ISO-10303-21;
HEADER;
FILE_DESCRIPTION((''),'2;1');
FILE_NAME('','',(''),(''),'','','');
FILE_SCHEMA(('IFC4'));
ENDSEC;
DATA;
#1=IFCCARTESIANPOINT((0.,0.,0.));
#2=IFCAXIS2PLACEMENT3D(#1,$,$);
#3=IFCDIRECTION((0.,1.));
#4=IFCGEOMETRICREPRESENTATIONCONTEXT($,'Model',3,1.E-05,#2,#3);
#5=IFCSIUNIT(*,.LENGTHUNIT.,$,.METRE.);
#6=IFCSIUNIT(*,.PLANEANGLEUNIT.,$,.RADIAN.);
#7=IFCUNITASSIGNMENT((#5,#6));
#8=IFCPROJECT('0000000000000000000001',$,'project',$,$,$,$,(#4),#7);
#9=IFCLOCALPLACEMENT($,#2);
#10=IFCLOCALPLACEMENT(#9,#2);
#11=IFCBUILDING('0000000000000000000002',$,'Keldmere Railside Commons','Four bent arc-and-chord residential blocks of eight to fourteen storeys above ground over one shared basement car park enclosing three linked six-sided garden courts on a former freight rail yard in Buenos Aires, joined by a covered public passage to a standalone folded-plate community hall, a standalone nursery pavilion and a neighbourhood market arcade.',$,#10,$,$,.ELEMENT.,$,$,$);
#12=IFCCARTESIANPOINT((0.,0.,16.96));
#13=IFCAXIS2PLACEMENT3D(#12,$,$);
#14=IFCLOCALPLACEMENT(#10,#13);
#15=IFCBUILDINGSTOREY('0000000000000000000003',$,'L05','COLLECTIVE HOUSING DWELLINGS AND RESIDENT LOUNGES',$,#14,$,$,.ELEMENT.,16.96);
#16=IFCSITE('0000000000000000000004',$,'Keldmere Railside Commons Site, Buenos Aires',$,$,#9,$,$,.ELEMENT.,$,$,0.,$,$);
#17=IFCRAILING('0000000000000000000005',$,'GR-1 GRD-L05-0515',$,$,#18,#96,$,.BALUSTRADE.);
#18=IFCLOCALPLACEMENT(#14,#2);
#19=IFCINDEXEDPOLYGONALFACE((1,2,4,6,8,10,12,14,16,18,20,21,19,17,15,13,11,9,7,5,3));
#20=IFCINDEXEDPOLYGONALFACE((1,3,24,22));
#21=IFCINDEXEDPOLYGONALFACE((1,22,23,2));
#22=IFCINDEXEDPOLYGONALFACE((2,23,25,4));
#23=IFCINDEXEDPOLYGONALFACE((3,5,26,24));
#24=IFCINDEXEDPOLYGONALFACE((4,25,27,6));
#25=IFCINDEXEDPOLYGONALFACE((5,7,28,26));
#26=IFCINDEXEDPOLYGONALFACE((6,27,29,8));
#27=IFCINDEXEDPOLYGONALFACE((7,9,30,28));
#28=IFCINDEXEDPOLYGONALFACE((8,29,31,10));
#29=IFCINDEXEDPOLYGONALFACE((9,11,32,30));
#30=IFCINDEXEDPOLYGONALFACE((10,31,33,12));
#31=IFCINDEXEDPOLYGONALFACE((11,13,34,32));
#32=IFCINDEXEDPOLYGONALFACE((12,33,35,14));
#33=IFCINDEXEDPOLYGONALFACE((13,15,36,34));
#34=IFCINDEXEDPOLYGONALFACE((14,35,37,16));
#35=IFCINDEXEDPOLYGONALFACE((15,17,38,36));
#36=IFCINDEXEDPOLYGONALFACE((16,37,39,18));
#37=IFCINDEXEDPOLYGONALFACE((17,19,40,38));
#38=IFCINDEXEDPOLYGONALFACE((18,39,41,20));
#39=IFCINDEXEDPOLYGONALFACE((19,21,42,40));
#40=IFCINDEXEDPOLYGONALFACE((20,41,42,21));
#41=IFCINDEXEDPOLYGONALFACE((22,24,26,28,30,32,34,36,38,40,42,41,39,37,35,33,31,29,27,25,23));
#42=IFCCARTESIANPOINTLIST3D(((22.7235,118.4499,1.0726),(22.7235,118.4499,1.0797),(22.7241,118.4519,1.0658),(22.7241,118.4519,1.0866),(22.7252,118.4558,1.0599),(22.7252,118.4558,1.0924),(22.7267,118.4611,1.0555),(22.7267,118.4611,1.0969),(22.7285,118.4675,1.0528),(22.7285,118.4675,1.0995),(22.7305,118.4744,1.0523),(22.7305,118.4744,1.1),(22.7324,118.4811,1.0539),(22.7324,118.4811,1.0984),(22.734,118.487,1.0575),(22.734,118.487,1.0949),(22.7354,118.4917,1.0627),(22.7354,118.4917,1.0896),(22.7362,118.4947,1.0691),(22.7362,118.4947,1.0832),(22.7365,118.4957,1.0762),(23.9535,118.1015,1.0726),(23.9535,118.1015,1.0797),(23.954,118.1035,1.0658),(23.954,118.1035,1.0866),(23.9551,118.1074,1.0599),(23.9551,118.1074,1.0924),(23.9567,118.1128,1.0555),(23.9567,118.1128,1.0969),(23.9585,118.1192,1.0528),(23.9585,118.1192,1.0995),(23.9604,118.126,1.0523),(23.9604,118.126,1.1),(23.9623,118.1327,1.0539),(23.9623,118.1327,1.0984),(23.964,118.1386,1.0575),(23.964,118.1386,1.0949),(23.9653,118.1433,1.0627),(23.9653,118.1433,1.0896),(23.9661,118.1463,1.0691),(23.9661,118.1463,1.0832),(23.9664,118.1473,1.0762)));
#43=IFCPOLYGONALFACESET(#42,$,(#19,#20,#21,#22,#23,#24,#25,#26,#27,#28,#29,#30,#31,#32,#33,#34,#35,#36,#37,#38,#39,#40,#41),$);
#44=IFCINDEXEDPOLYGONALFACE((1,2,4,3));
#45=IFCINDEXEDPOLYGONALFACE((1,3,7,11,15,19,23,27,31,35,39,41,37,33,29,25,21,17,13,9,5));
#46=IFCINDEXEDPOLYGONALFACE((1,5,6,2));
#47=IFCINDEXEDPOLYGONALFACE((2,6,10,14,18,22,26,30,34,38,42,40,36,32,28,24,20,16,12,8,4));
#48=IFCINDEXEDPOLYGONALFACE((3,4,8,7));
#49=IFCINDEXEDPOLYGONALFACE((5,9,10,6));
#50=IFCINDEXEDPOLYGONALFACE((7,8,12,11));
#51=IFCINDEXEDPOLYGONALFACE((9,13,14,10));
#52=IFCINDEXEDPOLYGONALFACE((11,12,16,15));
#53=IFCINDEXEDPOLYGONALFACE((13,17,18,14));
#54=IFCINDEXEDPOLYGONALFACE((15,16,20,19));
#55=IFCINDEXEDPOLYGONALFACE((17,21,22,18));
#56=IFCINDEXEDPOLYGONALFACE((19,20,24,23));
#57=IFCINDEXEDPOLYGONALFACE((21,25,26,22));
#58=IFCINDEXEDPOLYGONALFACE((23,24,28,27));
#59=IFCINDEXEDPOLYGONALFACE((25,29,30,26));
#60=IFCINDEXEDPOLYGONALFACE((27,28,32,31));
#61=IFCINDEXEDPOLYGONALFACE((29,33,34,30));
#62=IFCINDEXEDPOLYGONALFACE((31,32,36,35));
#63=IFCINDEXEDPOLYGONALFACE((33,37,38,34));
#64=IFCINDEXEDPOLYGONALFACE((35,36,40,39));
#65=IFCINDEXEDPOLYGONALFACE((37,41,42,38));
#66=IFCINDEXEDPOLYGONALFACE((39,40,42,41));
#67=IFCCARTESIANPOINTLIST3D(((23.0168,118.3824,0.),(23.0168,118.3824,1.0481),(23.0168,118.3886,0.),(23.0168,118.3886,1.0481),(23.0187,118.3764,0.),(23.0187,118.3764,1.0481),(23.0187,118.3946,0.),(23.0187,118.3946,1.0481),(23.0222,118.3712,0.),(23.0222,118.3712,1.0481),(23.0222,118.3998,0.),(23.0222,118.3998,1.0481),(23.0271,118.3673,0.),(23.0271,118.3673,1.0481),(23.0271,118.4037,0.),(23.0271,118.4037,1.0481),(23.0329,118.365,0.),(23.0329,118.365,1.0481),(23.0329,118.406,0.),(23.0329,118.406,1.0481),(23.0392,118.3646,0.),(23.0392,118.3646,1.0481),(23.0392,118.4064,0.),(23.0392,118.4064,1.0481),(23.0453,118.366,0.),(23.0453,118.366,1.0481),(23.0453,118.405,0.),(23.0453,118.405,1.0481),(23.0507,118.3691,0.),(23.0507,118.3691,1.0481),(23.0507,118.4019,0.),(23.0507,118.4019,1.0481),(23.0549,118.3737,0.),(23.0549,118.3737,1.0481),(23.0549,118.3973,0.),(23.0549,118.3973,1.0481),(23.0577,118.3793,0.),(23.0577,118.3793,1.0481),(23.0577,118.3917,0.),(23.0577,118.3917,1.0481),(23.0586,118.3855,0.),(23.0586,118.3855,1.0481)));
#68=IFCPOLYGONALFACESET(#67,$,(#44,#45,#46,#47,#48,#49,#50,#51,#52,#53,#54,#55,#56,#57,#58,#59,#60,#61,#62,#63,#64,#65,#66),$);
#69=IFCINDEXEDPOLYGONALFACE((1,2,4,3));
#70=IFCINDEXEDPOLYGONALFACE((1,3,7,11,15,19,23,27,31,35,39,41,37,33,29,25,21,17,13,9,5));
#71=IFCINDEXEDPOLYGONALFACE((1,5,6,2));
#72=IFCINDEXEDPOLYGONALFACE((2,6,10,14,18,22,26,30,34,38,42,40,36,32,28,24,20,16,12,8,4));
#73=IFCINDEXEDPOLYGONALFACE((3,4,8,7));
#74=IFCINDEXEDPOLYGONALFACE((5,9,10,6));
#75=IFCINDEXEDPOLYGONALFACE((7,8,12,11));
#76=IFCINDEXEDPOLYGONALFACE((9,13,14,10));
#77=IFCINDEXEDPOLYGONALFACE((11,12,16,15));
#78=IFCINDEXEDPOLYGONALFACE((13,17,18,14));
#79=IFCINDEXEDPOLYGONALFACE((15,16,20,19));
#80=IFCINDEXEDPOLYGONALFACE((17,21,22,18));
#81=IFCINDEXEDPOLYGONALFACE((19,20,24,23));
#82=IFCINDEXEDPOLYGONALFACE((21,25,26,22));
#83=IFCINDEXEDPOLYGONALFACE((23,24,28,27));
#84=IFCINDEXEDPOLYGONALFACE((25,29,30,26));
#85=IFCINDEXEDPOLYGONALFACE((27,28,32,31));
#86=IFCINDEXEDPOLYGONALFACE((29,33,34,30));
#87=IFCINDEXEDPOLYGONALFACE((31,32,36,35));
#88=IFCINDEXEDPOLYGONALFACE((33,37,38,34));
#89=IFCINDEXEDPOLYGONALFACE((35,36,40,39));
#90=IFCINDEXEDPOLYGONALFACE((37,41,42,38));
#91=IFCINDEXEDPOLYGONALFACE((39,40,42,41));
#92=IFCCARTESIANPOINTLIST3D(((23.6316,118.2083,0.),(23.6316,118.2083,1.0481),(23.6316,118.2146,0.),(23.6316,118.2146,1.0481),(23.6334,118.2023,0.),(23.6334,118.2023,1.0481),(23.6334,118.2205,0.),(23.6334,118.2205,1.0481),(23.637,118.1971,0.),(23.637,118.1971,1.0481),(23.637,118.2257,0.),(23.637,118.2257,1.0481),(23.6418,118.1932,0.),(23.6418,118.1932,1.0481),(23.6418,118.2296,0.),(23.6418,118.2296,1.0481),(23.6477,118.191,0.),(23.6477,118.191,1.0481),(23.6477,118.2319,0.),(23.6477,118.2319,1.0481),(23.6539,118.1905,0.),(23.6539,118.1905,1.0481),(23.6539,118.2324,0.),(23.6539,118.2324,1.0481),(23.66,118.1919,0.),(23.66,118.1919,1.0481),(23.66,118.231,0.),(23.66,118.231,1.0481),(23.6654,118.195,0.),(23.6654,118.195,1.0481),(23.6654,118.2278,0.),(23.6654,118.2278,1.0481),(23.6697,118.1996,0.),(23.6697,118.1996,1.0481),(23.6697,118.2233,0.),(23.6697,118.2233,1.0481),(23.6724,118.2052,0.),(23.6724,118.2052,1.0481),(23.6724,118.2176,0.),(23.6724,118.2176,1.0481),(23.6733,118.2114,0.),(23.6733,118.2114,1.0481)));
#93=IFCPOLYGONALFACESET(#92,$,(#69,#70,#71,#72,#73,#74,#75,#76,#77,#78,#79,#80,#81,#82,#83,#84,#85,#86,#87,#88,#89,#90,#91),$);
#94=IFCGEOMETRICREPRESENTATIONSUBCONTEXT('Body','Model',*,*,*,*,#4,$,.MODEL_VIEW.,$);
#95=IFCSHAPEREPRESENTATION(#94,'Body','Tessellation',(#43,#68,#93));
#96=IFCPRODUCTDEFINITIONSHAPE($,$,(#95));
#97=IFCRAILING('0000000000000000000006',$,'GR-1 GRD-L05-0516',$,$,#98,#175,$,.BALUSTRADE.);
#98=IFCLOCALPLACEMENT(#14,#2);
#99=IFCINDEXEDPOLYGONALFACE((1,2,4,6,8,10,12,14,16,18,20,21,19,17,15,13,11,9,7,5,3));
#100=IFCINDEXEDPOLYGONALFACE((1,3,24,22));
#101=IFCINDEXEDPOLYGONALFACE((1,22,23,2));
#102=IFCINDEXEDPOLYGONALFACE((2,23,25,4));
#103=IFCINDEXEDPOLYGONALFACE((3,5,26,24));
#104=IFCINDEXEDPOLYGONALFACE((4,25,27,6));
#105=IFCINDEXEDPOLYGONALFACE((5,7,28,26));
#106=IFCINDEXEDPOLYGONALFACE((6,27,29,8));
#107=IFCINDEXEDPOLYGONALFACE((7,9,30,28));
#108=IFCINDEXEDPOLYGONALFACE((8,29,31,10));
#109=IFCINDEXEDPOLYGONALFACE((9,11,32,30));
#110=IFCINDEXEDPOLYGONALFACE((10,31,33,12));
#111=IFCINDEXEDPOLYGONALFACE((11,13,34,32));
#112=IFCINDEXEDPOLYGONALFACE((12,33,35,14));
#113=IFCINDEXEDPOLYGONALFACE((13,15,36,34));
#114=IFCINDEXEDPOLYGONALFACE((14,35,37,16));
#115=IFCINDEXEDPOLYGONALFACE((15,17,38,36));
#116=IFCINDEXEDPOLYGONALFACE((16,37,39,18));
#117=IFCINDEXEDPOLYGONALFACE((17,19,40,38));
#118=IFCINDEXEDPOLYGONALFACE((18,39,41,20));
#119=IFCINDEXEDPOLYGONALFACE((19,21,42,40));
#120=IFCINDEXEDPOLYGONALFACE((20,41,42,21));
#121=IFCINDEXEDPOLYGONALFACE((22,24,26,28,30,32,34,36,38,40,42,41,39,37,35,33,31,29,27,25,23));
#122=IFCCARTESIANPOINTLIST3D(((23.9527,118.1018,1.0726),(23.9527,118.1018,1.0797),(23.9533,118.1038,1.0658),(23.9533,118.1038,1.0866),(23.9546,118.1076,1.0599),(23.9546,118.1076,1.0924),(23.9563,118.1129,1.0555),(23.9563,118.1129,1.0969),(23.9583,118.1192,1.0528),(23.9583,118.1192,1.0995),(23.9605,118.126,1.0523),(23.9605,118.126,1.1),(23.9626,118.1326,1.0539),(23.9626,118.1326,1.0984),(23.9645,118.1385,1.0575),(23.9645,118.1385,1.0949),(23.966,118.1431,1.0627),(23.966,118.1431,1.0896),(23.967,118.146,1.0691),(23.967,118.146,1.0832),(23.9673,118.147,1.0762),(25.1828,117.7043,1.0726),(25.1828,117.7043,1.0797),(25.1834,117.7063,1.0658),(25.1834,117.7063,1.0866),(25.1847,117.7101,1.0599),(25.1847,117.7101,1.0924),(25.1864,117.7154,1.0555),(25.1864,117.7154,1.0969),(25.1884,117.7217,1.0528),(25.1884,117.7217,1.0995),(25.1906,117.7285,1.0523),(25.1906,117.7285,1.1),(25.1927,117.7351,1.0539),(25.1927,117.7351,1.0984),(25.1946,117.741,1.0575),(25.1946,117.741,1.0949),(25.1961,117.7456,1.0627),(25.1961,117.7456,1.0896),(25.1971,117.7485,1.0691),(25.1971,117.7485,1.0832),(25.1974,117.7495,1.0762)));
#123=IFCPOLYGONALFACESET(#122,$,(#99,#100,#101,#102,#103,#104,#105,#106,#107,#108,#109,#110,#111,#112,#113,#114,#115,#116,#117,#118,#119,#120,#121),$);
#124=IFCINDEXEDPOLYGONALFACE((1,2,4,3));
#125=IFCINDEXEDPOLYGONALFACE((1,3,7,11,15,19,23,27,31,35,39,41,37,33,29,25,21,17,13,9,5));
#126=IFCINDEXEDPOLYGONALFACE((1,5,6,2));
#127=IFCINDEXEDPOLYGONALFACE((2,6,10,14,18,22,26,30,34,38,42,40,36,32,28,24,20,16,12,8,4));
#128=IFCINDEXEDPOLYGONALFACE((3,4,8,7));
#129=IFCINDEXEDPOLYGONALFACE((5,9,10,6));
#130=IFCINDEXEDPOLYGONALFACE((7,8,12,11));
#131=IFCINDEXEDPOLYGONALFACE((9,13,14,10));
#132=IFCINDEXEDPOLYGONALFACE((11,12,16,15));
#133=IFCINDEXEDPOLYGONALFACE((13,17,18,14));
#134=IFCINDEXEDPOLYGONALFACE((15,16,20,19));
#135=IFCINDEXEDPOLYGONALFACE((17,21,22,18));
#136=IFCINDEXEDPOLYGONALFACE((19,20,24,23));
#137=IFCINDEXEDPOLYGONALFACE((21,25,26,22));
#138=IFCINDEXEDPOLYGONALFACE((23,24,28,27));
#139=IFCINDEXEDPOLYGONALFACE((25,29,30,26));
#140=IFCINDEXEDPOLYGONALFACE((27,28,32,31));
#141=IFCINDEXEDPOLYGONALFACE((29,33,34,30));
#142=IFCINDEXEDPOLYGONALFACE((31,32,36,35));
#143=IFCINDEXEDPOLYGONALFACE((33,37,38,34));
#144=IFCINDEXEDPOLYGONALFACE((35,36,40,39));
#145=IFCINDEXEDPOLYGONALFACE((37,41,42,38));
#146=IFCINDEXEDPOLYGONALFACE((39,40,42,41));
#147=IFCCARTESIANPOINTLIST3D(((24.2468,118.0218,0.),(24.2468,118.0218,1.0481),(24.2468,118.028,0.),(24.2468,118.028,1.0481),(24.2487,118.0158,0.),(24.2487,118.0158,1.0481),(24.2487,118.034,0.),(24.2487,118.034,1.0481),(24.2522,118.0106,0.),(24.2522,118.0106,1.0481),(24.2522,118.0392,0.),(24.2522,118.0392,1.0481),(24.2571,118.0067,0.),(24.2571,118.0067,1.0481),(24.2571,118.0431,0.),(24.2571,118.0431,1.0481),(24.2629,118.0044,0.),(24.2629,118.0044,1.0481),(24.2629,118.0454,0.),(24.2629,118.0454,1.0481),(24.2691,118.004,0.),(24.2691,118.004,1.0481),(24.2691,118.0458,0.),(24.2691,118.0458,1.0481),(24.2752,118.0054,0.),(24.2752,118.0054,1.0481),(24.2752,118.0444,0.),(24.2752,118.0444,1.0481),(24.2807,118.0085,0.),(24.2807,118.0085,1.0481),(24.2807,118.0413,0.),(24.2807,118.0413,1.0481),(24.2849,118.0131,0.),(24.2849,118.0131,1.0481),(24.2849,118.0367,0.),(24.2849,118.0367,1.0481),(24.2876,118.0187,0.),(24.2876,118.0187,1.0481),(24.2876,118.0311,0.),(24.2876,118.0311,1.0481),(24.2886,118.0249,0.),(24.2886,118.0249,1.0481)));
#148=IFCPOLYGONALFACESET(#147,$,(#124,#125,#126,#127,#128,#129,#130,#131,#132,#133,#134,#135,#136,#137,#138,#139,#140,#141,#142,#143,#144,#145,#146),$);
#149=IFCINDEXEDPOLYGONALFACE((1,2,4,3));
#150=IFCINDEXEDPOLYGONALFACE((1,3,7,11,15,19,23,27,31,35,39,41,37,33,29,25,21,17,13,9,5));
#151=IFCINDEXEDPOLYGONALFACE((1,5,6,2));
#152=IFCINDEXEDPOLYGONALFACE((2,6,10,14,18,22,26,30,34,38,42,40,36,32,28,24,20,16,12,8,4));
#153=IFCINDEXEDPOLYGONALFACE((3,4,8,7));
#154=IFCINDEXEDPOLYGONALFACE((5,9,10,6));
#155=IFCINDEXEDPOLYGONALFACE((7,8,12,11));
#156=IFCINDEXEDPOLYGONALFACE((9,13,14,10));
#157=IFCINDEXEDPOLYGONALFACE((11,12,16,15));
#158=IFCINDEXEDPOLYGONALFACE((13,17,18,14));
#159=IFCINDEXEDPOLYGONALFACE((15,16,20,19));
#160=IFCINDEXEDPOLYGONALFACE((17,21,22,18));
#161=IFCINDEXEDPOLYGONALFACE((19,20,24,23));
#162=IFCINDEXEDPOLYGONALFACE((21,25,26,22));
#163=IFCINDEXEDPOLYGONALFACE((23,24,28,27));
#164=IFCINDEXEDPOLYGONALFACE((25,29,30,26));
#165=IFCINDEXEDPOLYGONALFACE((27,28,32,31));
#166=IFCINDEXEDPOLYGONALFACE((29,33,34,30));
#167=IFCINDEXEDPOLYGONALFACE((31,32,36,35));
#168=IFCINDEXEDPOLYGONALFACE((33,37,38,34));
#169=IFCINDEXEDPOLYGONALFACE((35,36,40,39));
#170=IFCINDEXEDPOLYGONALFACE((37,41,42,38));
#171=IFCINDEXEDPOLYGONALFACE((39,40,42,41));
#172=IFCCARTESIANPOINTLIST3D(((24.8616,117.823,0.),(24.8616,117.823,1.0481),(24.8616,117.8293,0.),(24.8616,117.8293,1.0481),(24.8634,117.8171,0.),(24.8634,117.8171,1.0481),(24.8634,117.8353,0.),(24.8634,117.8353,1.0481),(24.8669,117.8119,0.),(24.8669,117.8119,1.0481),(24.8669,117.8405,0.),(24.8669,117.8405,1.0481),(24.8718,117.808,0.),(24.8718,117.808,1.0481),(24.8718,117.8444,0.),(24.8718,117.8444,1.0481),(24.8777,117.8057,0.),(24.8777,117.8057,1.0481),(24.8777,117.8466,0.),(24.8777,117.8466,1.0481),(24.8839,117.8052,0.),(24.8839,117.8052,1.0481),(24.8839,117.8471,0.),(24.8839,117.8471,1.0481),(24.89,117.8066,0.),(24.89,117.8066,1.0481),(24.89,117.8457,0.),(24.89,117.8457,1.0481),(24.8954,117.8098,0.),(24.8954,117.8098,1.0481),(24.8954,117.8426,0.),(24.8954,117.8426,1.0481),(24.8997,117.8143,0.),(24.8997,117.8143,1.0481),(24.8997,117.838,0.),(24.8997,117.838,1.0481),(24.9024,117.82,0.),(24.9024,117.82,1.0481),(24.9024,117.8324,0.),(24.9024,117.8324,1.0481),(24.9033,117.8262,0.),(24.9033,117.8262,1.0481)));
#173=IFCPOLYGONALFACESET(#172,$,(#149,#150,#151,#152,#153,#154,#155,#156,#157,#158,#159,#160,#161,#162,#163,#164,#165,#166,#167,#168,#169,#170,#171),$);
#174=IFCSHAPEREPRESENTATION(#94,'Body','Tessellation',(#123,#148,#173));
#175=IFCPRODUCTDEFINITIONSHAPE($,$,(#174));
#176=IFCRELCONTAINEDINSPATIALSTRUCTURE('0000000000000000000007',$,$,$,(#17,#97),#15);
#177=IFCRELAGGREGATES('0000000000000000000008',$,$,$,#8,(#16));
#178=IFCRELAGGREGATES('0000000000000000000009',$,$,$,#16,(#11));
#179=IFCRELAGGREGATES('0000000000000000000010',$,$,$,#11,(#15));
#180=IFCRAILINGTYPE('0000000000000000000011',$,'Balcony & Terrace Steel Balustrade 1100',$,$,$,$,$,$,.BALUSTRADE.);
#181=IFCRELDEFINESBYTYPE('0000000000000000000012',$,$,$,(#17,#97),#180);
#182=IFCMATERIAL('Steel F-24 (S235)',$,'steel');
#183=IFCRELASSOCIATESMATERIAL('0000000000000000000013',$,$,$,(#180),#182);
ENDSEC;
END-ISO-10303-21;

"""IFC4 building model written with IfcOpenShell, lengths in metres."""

from ifc_helpers import new_model, si_unit, direction, frame, origin, origin_2d, place, context, subcontext, project, spatial, circle, extrude, material, type_object, element, save


model = new_model("IFC4")

# Units and contexts
model_context = context("Model", 3, precision=1e-05, world=origin(), true_north=direction((0.0, 1.0)))
body_context = subcontext(model_context, "Body", "Model", "MODEL_VIEW")
ifc_project = project(units=[si_unit("LENGTHUNIT", "METRE"), si_unit("PLANEANGLEUNIT", "RADIAN")], contexts=[model_context])

# Site, building, storey
site_placement = place(None, origin())
site = spatial("IfcSite", under=ifc_project, at=site_placement, Name="Keldmere Railside Commons Site, Buenos Aires", CompositionType="ELEMENT", RefElevation=0.0)
building_placement = place(site_placement, origin())
building = spatial("IfcBuilding", under=site, at=building_placement, Name="Keldmere Railside Commons", Description="Four bent arc-and-chord residential blocks of eight to fourteen storeys above ground over one shared basement car park enclosing three linked six-sided garden courts on a former freight rail yard in Buenos Aires, joined by a covered public passage to a standalone folded-plate community hall, a standalone nursery pavilion and a neighbourhood market arcade.", CompositionType="ELEMENT")
storey_placement = place(building_placement, frame((0.0, 0.0, 16.96)))
storey = spatial("IfcBuildingStorey", under=building, at=storey_placement, Name="L05", Description="COLLECTIVE HOUSING DWELLINGS AND RESIDENT LOUNGES", CompositionType="ELEMENT", Elevation=16.96)

# Railings
ifc_material_1 = material(Name="Steel F-24 (S235)", Category="steel")
railing_type = type_object("IfcRailingType", Name="Balcony & Terrace Steel Balustrade 1100", PredefinedType="BALUSTRADE", material=ifc_material_1)
railing_1_placement = place(storey_placement, frame((22.73, 118.4727, 0.0)))
element("IfcRailing", 1, at=railing_1_placement, inside=storey, type_object=railing_type, Name="GR-1 GRD-L05-0515", PredefinedType="BALUSTRADE", context=body_context, shape_type="SweptSolid", body=[
    extrude(circle(Radius=0.0239, at=origin_2d()), frame((0.0, 0.0, 1.0762), z_axis=(0.962148, -0.272526, 0.0), x_axis=(0.272526, 0.962148, 0.0)), (0.0, 0.0, 1.0), 1.2783),
    extrude(circle(Radius=0.021, at=origin_2d()), frame((0.3076, -0.0872, 0.0)), (0.0, 0.0, 1.0), 1.0481),
    extrude(circle(Radius=0.021, at=origin_2d()), frame((0.9224, -0.2612, 0.0)), (0.0, 0.0, 1.0), 1.0481),
])
railing_2_placement = place(storey_placement, frame((23.96, 118.1243, 0.0)))
element("IfcRailing", 2, at=railing_2_placement, inside=storey, type_object=railing_type, Name="GR-1 GRD-L05-0516", PredefinedType="BALUSTRADE", context=body_context, shape_type="SweptSolid", body=[
    extrude(circle(Radius=0.0239, at=origin_2d()), frame((0.0, 0.0, 1.0762), z_axis=(0.951552, -0.307488, 0.0), x_axis=(0.307488, 0.951552, 0.0)), (0.0, 0.0, 1.0), 1.2927),
    extrude(circle(Radius=0.021, at=origin_2d()), frame((0.3076, -0.0994, 0.0)), (0.0, 0.0, 1.0), 1.0481),
    extrude(circle(Radius=0.021, at=origin_2d()), frame((0.9224, -0.2981, 0.0)), (0.0, 0.0, 1.0), 1.0481),
])

save(model, "model.ifc")
